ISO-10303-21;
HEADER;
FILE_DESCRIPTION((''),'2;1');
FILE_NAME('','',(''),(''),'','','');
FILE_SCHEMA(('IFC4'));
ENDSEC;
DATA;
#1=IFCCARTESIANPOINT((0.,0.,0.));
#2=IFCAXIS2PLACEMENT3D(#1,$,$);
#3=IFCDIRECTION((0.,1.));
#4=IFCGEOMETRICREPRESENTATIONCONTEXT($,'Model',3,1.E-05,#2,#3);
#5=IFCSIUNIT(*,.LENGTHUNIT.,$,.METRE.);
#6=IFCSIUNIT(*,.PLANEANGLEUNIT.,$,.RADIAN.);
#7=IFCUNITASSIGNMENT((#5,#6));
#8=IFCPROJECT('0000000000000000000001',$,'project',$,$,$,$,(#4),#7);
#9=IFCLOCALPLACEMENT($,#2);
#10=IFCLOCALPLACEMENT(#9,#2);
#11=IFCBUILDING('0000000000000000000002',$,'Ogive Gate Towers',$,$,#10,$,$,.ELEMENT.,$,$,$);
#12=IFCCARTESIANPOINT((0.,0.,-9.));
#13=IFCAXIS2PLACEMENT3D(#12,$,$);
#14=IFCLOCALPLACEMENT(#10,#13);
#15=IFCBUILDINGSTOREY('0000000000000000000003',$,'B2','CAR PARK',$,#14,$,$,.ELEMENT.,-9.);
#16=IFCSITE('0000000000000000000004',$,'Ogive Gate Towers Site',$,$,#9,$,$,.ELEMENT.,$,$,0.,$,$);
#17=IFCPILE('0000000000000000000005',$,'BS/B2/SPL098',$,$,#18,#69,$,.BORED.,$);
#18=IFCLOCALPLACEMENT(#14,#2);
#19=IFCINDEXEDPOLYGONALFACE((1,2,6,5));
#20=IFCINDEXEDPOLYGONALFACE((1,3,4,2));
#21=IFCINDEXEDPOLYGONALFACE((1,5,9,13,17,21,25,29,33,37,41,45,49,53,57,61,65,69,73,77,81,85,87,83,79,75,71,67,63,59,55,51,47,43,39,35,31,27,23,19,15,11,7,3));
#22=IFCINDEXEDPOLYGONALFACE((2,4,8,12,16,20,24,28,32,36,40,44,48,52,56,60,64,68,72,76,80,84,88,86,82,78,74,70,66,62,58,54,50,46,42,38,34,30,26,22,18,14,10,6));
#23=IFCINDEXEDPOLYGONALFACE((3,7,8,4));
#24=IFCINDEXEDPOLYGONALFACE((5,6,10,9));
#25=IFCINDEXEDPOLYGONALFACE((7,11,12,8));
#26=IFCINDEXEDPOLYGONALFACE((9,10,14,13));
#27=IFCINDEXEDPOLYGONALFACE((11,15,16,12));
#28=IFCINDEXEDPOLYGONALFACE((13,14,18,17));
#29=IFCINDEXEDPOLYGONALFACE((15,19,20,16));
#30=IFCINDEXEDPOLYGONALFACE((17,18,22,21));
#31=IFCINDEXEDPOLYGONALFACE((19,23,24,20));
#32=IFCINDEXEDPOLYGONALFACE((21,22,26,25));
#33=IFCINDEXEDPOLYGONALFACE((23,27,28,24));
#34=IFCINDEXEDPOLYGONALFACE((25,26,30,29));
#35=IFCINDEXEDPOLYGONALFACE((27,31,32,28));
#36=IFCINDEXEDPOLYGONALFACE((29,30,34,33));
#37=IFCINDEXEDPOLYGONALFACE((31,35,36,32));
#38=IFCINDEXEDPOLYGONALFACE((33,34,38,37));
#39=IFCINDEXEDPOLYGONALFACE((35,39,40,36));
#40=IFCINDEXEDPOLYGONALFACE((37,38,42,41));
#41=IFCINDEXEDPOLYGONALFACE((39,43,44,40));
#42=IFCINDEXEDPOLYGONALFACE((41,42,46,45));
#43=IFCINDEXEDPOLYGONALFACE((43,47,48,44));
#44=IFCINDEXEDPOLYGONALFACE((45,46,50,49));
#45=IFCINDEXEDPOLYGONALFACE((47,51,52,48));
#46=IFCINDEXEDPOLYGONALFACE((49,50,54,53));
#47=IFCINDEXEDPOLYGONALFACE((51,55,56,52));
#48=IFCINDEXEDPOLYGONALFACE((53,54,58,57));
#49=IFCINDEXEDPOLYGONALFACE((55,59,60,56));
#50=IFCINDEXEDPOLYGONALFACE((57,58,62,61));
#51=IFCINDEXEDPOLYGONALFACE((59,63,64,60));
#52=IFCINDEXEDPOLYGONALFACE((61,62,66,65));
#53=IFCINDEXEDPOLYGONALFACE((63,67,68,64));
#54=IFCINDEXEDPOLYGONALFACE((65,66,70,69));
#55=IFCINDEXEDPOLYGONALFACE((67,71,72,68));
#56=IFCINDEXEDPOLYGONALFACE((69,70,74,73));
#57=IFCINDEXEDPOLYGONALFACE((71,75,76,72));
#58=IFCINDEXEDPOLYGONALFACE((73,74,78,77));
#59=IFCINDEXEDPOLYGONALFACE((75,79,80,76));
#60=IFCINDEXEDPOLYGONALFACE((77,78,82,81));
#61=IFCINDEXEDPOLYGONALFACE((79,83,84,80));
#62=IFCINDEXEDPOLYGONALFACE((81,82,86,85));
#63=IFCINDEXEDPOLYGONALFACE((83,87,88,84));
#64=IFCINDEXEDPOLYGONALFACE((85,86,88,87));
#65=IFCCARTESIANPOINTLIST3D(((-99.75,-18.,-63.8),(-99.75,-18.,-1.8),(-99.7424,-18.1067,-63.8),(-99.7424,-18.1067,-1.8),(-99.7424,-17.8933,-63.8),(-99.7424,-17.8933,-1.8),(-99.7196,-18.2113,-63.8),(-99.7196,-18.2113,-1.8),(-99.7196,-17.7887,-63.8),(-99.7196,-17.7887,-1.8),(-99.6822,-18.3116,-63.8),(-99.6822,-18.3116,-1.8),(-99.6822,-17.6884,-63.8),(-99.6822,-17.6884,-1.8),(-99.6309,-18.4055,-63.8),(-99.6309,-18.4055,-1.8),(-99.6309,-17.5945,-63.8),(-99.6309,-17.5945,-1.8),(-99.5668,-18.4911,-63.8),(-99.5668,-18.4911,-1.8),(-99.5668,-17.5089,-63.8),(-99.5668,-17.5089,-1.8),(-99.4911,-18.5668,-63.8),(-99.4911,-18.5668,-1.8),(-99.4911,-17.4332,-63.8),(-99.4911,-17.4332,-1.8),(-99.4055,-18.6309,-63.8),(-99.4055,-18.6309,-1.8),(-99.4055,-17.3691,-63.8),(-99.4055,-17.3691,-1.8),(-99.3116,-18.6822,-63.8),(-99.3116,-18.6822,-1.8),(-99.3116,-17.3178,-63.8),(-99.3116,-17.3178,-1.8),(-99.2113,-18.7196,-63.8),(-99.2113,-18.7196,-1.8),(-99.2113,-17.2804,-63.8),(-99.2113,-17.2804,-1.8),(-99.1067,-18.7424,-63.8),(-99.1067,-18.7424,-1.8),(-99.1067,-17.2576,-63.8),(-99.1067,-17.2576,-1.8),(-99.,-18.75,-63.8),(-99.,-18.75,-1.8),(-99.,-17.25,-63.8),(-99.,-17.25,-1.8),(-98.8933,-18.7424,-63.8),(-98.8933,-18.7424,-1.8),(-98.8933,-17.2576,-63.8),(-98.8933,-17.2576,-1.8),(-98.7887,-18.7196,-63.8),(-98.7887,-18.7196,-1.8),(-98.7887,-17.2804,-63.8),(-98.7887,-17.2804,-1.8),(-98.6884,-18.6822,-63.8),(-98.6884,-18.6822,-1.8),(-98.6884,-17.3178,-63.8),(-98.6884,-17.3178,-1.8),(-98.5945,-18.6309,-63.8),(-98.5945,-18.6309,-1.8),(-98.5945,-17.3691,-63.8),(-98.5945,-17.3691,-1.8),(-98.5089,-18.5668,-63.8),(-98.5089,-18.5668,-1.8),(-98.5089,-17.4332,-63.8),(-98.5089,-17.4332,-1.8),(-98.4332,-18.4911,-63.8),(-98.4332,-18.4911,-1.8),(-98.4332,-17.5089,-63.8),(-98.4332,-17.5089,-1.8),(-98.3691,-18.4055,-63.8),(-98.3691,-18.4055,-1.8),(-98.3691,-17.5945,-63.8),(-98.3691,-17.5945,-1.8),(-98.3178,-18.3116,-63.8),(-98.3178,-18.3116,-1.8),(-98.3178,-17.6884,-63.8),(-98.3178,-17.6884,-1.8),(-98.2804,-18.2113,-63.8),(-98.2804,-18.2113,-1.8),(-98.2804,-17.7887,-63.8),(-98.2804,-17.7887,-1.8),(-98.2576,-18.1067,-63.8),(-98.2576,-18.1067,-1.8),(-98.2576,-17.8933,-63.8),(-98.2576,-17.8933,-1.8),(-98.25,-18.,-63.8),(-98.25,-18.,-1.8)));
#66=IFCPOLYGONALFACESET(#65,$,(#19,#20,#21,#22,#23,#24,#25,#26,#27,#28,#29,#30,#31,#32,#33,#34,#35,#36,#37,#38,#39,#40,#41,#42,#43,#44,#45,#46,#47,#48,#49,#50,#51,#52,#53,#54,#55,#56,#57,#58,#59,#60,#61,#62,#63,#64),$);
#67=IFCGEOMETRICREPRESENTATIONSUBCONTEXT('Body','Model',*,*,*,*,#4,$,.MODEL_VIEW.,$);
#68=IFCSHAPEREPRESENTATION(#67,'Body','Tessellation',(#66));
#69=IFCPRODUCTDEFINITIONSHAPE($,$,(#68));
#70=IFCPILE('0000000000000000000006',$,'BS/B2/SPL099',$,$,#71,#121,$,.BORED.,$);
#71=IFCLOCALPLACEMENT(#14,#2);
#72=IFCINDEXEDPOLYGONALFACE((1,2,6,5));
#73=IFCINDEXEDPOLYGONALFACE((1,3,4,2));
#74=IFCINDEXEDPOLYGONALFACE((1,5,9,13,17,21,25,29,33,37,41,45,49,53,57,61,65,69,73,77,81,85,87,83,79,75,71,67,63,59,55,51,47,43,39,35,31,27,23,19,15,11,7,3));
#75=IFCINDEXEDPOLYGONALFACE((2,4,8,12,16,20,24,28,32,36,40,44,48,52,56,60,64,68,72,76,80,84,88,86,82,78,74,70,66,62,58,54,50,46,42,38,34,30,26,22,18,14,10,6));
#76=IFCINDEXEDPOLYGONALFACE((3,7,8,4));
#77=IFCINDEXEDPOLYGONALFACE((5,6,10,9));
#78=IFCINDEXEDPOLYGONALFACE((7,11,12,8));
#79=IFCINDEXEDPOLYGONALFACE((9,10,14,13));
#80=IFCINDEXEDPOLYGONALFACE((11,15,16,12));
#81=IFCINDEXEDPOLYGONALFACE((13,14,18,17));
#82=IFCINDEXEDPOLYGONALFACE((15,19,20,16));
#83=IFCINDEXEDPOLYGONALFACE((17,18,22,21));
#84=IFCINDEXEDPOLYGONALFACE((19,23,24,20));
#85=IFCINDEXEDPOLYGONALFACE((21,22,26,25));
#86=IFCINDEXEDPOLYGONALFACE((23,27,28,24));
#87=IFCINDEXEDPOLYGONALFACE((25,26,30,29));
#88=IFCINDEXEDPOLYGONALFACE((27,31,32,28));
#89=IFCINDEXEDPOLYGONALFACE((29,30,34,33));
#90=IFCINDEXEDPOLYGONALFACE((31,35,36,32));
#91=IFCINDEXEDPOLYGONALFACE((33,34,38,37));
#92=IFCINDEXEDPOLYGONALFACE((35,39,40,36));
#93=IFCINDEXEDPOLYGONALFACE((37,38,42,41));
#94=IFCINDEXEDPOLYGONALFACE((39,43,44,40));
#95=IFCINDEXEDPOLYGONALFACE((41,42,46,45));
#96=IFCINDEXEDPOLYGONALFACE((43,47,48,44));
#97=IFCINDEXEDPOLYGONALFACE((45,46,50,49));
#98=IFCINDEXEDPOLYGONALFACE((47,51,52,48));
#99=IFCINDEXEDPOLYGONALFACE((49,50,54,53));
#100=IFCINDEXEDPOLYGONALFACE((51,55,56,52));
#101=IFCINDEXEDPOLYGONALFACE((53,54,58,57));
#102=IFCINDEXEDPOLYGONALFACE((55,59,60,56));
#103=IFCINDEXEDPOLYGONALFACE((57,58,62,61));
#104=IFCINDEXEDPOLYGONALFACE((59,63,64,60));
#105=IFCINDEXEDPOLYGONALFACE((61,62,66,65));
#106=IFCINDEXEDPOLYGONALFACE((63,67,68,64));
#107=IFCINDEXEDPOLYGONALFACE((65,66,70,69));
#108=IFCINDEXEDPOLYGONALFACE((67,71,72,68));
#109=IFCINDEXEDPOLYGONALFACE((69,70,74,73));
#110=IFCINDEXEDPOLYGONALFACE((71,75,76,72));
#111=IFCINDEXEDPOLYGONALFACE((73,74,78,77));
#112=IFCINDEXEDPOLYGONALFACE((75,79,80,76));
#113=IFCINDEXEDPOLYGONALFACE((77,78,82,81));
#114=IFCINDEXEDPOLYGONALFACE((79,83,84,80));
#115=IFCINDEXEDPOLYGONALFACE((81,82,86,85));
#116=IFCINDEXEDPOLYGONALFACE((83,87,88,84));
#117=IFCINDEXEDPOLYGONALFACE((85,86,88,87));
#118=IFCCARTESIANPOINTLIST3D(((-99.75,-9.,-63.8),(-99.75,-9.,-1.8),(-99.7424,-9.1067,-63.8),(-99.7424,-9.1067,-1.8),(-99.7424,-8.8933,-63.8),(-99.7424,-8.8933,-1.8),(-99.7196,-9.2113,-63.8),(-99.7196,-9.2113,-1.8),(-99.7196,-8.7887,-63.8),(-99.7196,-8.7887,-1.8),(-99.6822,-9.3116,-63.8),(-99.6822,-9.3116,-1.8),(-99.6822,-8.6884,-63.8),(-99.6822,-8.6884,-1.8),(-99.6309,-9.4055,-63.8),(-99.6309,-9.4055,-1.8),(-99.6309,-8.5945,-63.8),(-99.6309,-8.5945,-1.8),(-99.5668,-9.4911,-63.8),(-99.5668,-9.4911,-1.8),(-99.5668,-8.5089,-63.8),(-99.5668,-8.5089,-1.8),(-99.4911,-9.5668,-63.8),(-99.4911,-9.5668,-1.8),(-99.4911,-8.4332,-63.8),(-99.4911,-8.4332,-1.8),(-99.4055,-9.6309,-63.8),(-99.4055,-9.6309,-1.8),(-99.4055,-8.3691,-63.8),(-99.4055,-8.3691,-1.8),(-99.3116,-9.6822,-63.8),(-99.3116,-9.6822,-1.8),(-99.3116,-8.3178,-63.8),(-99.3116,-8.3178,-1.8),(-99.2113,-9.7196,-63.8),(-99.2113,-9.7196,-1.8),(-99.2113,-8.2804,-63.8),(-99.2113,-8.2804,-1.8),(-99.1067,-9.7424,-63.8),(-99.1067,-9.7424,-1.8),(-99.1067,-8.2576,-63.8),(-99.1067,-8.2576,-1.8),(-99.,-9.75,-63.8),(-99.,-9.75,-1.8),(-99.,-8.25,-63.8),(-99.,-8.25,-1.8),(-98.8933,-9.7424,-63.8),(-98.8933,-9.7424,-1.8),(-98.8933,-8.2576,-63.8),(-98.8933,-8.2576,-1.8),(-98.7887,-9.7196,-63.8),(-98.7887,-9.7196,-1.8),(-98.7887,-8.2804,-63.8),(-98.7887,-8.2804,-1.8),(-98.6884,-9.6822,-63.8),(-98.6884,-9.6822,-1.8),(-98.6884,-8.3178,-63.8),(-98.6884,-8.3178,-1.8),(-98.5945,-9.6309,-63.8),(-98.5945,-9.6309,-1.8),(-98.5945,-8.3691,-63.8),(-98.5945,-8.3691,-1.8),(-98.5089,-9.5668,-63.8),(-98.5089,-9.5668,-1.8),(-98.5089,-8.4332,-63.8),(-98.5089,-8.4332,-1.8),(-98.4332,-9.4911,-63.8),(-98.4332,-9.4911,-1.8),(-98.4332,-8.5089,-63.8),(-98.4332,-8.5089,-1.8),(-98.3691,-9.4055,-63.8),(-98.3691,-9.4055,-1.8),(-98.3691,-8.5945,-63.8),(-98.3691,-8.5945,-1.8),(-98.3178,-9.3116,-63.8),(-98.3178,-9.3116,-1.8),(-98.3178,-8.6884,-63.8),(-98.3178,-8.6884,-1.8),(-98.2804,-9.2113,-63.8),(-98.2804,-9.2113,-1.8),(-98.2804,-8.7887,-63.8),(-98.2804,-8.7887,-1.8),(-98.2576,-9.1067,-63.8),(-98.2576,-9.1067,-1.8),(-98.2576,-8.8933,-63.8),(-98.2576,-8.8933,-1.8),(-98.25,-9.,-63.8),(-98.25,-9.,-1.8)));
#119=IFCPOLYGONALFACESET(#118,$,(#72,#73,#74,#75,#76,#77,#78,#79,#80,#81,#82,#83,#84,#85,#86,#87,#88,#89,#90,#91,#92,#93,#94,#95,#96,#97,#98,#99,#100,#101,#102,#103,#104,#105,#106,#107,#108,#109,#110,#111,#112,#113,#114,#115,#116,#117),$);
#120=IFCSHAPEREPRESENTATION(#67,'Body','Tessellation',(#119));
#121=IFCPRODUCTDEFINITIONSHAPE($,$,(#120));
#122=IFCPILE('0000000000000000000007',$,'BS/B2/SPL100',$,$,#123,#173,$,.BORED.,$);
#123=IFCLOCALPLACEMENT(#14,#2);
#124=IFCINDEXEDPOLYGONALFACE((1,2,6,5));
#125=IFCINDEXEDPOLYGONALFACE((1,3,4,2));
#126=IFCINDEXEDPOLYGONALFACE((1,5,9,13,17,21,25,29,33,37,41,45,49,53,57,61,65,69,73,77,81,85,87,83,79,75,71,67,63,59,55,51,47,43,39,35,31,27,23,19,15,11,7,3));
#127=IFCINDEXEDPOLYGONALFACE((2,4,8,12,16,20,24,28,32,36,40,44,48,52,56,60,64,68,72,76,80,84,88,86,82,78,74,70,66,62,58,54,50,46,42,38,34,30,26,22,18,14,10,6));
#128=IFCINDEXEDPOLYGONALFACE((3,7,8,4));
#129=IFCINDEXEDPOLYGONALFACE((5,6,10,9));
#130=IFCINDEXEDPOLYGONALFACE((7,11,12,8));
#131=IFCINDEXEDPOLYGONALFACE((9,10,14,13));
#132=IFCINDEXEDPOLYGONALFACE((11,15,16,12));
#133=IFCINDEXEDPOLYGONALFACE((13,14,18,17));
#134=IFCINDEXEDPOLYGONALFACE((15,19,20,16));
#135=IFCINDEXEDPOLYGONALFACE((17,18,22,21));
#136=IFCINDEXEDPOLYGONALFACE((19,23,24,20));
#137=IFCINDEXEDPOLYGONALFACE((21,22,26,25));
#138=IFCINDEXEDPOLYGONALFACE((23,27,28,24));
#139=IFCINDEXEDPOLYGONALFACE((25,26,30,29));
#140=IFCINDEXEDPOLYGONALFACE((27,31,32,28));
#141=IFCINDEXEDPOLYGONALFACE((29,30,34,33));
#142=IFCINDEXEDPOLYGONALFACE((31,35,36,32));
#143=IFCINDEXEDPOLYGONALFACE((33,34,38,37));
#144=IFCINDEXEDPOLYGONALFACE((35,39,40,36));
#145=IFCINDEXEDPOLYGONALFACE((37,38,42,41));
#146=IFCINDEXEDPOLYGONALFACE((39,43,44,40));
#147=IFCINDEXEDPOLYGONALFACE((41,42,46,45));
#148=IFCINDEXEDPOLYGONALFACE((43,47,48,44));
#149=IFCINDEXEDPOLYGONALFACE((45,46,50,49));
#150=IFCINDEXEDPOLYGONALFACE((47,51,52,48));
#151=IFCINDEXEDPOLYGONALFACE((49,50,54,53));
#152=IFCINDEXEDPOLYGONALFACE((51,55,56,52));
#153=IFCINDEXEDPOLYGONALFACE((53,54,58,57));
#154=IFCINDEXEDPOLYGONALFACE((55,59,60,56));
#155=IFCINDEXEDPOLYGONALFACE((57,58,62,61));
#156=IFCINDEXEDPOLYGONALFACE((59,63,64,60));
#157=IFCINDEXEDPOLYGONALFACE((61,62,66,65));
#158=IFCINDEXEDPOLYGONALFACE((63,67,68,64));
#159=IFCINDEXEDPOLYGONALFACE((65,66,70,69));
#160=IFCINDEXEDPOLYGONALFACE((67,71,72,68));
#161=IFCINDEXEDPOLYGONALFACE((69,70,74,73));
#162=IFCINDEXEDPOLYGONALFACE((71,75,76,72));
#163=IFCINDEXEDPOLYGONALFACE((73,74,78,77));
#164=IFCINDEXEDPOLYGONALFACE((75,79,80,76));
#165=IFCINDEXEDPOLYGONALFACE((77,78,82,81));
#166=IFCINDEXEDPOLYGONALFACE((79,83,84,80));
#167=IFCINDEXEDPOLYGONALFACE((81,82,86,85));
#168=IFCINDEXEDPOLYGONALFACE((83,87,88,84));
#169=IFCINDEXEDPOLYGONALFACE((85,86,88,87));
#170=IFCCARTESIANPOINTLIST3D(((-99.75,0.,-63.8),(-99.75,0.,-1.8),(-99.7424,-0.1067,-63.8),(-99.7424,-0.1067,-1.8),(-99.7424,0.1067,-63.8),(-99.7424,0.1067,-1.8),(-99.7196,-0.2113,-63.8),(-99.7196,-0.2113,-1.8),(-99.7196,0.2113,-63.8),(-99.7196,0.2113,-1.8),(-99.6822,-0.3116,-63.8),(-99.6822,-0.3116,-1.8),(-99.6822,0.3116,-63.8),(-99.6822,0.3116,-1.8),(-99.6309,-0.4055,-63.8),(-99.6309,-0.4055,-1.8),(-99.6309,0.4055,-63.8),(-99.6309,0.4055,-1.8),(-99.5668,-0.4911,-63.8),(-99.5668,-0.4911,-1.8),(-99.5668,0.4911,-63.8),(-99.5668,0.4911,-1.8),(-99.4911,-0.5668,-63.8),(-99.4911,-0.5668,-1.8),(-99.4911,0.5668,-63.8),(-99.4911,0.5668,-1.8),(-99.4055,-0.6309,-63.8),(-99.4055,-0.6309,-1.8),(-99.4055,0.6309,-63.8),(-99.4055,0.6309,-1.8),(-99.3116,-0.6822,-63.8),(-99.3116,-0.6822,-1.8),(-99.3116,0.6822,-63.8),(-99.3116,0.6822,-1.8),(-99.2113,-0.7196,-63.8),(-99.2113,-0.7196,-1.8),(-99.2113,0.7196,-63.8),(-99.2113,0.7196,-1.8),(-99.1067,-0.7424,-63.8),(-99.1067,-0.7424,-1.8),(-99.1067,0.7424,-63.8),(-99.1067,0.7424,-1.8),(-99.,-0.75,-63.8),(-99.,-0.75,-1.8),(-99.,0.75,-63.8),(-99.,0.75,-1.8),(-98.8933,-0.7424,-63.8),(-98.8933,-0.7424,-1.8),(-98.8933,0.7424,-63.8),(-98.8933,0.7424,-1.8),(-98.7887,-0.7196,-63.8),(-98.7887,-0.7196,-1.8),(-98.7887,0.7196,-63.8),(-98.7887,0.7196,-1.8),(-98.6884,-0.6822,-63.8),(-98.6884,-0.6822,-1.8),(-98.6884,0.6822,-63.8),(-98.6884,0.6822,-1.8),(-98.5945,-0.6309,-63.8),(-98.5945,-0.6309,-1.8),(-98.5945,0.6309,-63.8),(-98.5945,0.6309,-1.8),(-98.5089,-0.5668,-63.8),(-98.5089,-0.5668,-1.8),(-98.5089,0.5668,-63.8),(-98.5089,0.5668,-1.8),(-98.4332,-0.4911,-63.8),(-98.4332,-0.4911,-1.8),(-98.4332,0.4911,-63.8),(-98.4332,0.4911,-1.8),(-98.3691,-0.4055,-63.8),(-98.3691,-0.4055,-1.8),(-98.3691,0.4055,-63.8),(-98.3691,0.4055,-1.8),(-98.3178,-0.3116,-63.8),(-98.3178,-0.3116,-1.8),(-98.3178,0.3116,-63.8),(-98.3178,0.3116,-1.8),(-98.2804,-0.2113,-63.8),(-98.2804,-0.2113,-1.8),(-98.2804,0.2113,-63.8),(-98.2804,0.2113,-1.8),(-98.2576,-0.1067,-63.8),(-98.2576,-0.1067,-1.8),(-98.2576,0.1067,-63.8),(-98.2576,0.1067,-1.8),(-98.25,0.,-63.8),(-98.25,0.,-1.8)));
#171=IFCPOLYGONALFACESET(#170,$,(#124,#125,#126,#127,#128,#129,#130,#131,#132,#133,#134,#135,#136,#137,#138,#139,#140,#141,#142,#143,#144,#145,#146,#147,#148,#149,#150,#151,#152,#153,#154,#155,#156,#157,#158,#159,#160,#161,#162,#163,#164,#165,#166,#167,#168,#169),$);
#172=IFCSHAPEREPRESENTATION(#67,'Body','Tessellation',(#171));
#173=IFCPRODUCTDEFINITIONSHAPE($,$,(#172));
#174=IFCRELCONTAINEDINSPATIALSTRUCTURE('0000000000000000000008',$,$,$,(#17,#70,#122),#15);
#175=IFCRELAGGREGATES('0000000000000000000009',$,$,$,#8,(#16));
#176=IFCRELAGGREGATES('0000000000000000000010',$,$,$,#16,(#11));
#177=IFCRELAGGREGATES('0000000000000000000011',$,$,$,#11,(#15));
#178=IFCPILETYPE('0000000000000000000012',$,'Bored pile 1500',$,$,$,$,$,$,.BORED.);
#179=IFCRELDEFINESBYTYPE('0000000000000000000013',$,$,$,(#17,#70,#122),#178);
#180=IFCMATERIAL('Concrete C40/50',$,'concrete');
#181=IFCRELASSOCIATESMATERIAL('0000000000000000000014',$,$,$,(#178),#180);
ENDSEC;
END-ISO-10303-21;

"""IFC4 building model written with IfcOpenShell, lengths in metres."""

from ifc_helpers import new_model, si_unit, direction, frame, origin, origin_2d, place, context, subcontext, project, spatial, circle, extrude, material, material_profile, profile_set, type_object, element, save


model = new_model("IFC4")

# Units and contexts
model_context = context("Model", 3, precision=1e-05, world=origin(), true_north=direction((0.0, 1.0)))
body_context = subcontext(model_context, "Body", "Model", "MODEL_VIEW")
ifc_project = project(units=[si_unit("LENGTHUNIT", "METRE"), si_unit("PLANEANGLEUNIT", "RADIAN")], contexts=[model_context])

# Site, building, storey
site_placement = place(None, origin())
site = spatial("IfcSite", under=ifc_project, at=site_placement, Name="Ogive Gate Towers Site", CompositionType="ELEMENT", RefElevation=0.0)
building_placement = place(site_placement, origin())
building = spatial("IfcBuilding", under=site, at=building_placement, Name="Ogive Gate Towers", CompositionType="ELEMENT")
storey_placement = place(building_placement, frame((0.0, 0.0, -9.0)))
storey = spatial("IfcBuildingStorey", under=building, at=storey_placement, Name="B2", Description="CAR PARK", CompositionType="ELEMENT", Elevation=-9.0)

# Piles
ifc_material_1 = material(Name="Concrete C40/50", Category="concrete")
ifc_material_profile_1 = material_profile(ifc_material_1, circle(Radius=0.75, at=origin_2d()), Name="BP 1500")
ifc_profile_set_1 = profile_set([ifc_material_profile_1], Name="Concrete C40/50")
pile_type = type_object("IfcPileType", Name="Bored pile 1500", PredefinedType="BORED", material=ifc_profile_set_1)
for number, where, z_axis, x_axis, name in (
    (1, (-99.0, -18.0, -1.8), (0.0, 0.0, -1.0), (1.0, 0.0, 0.0), "BS/B2/SPL098"),
    (2, (-99.0, -9.0, -1.8), (0.0, 0.0, -1.0), (1.0, 0.0, 0.0), "BS/B2/SPL099"),
    (3, (-99.0, 0.0, -1.8), (0.0, 0.0, -1.0), (1.0, 0.0, 0.0), "BS/B2/SPL100"),
):
    element("IfcPile", number, at=place(storey_placement, frame(where, z_axis=z_axis, x_axis=x_axis)), inside=storey, type_object=pile_type, Name=name, PredefinedType="BORED", context=body_context, shape_type="SweptSolid", body=[
        extrude(circle(Radius=0.75, at=origin_2d()), origin(), (0.0, 0.0, 1.0), 62.0),
    ])

save(model, "model.ifc")
